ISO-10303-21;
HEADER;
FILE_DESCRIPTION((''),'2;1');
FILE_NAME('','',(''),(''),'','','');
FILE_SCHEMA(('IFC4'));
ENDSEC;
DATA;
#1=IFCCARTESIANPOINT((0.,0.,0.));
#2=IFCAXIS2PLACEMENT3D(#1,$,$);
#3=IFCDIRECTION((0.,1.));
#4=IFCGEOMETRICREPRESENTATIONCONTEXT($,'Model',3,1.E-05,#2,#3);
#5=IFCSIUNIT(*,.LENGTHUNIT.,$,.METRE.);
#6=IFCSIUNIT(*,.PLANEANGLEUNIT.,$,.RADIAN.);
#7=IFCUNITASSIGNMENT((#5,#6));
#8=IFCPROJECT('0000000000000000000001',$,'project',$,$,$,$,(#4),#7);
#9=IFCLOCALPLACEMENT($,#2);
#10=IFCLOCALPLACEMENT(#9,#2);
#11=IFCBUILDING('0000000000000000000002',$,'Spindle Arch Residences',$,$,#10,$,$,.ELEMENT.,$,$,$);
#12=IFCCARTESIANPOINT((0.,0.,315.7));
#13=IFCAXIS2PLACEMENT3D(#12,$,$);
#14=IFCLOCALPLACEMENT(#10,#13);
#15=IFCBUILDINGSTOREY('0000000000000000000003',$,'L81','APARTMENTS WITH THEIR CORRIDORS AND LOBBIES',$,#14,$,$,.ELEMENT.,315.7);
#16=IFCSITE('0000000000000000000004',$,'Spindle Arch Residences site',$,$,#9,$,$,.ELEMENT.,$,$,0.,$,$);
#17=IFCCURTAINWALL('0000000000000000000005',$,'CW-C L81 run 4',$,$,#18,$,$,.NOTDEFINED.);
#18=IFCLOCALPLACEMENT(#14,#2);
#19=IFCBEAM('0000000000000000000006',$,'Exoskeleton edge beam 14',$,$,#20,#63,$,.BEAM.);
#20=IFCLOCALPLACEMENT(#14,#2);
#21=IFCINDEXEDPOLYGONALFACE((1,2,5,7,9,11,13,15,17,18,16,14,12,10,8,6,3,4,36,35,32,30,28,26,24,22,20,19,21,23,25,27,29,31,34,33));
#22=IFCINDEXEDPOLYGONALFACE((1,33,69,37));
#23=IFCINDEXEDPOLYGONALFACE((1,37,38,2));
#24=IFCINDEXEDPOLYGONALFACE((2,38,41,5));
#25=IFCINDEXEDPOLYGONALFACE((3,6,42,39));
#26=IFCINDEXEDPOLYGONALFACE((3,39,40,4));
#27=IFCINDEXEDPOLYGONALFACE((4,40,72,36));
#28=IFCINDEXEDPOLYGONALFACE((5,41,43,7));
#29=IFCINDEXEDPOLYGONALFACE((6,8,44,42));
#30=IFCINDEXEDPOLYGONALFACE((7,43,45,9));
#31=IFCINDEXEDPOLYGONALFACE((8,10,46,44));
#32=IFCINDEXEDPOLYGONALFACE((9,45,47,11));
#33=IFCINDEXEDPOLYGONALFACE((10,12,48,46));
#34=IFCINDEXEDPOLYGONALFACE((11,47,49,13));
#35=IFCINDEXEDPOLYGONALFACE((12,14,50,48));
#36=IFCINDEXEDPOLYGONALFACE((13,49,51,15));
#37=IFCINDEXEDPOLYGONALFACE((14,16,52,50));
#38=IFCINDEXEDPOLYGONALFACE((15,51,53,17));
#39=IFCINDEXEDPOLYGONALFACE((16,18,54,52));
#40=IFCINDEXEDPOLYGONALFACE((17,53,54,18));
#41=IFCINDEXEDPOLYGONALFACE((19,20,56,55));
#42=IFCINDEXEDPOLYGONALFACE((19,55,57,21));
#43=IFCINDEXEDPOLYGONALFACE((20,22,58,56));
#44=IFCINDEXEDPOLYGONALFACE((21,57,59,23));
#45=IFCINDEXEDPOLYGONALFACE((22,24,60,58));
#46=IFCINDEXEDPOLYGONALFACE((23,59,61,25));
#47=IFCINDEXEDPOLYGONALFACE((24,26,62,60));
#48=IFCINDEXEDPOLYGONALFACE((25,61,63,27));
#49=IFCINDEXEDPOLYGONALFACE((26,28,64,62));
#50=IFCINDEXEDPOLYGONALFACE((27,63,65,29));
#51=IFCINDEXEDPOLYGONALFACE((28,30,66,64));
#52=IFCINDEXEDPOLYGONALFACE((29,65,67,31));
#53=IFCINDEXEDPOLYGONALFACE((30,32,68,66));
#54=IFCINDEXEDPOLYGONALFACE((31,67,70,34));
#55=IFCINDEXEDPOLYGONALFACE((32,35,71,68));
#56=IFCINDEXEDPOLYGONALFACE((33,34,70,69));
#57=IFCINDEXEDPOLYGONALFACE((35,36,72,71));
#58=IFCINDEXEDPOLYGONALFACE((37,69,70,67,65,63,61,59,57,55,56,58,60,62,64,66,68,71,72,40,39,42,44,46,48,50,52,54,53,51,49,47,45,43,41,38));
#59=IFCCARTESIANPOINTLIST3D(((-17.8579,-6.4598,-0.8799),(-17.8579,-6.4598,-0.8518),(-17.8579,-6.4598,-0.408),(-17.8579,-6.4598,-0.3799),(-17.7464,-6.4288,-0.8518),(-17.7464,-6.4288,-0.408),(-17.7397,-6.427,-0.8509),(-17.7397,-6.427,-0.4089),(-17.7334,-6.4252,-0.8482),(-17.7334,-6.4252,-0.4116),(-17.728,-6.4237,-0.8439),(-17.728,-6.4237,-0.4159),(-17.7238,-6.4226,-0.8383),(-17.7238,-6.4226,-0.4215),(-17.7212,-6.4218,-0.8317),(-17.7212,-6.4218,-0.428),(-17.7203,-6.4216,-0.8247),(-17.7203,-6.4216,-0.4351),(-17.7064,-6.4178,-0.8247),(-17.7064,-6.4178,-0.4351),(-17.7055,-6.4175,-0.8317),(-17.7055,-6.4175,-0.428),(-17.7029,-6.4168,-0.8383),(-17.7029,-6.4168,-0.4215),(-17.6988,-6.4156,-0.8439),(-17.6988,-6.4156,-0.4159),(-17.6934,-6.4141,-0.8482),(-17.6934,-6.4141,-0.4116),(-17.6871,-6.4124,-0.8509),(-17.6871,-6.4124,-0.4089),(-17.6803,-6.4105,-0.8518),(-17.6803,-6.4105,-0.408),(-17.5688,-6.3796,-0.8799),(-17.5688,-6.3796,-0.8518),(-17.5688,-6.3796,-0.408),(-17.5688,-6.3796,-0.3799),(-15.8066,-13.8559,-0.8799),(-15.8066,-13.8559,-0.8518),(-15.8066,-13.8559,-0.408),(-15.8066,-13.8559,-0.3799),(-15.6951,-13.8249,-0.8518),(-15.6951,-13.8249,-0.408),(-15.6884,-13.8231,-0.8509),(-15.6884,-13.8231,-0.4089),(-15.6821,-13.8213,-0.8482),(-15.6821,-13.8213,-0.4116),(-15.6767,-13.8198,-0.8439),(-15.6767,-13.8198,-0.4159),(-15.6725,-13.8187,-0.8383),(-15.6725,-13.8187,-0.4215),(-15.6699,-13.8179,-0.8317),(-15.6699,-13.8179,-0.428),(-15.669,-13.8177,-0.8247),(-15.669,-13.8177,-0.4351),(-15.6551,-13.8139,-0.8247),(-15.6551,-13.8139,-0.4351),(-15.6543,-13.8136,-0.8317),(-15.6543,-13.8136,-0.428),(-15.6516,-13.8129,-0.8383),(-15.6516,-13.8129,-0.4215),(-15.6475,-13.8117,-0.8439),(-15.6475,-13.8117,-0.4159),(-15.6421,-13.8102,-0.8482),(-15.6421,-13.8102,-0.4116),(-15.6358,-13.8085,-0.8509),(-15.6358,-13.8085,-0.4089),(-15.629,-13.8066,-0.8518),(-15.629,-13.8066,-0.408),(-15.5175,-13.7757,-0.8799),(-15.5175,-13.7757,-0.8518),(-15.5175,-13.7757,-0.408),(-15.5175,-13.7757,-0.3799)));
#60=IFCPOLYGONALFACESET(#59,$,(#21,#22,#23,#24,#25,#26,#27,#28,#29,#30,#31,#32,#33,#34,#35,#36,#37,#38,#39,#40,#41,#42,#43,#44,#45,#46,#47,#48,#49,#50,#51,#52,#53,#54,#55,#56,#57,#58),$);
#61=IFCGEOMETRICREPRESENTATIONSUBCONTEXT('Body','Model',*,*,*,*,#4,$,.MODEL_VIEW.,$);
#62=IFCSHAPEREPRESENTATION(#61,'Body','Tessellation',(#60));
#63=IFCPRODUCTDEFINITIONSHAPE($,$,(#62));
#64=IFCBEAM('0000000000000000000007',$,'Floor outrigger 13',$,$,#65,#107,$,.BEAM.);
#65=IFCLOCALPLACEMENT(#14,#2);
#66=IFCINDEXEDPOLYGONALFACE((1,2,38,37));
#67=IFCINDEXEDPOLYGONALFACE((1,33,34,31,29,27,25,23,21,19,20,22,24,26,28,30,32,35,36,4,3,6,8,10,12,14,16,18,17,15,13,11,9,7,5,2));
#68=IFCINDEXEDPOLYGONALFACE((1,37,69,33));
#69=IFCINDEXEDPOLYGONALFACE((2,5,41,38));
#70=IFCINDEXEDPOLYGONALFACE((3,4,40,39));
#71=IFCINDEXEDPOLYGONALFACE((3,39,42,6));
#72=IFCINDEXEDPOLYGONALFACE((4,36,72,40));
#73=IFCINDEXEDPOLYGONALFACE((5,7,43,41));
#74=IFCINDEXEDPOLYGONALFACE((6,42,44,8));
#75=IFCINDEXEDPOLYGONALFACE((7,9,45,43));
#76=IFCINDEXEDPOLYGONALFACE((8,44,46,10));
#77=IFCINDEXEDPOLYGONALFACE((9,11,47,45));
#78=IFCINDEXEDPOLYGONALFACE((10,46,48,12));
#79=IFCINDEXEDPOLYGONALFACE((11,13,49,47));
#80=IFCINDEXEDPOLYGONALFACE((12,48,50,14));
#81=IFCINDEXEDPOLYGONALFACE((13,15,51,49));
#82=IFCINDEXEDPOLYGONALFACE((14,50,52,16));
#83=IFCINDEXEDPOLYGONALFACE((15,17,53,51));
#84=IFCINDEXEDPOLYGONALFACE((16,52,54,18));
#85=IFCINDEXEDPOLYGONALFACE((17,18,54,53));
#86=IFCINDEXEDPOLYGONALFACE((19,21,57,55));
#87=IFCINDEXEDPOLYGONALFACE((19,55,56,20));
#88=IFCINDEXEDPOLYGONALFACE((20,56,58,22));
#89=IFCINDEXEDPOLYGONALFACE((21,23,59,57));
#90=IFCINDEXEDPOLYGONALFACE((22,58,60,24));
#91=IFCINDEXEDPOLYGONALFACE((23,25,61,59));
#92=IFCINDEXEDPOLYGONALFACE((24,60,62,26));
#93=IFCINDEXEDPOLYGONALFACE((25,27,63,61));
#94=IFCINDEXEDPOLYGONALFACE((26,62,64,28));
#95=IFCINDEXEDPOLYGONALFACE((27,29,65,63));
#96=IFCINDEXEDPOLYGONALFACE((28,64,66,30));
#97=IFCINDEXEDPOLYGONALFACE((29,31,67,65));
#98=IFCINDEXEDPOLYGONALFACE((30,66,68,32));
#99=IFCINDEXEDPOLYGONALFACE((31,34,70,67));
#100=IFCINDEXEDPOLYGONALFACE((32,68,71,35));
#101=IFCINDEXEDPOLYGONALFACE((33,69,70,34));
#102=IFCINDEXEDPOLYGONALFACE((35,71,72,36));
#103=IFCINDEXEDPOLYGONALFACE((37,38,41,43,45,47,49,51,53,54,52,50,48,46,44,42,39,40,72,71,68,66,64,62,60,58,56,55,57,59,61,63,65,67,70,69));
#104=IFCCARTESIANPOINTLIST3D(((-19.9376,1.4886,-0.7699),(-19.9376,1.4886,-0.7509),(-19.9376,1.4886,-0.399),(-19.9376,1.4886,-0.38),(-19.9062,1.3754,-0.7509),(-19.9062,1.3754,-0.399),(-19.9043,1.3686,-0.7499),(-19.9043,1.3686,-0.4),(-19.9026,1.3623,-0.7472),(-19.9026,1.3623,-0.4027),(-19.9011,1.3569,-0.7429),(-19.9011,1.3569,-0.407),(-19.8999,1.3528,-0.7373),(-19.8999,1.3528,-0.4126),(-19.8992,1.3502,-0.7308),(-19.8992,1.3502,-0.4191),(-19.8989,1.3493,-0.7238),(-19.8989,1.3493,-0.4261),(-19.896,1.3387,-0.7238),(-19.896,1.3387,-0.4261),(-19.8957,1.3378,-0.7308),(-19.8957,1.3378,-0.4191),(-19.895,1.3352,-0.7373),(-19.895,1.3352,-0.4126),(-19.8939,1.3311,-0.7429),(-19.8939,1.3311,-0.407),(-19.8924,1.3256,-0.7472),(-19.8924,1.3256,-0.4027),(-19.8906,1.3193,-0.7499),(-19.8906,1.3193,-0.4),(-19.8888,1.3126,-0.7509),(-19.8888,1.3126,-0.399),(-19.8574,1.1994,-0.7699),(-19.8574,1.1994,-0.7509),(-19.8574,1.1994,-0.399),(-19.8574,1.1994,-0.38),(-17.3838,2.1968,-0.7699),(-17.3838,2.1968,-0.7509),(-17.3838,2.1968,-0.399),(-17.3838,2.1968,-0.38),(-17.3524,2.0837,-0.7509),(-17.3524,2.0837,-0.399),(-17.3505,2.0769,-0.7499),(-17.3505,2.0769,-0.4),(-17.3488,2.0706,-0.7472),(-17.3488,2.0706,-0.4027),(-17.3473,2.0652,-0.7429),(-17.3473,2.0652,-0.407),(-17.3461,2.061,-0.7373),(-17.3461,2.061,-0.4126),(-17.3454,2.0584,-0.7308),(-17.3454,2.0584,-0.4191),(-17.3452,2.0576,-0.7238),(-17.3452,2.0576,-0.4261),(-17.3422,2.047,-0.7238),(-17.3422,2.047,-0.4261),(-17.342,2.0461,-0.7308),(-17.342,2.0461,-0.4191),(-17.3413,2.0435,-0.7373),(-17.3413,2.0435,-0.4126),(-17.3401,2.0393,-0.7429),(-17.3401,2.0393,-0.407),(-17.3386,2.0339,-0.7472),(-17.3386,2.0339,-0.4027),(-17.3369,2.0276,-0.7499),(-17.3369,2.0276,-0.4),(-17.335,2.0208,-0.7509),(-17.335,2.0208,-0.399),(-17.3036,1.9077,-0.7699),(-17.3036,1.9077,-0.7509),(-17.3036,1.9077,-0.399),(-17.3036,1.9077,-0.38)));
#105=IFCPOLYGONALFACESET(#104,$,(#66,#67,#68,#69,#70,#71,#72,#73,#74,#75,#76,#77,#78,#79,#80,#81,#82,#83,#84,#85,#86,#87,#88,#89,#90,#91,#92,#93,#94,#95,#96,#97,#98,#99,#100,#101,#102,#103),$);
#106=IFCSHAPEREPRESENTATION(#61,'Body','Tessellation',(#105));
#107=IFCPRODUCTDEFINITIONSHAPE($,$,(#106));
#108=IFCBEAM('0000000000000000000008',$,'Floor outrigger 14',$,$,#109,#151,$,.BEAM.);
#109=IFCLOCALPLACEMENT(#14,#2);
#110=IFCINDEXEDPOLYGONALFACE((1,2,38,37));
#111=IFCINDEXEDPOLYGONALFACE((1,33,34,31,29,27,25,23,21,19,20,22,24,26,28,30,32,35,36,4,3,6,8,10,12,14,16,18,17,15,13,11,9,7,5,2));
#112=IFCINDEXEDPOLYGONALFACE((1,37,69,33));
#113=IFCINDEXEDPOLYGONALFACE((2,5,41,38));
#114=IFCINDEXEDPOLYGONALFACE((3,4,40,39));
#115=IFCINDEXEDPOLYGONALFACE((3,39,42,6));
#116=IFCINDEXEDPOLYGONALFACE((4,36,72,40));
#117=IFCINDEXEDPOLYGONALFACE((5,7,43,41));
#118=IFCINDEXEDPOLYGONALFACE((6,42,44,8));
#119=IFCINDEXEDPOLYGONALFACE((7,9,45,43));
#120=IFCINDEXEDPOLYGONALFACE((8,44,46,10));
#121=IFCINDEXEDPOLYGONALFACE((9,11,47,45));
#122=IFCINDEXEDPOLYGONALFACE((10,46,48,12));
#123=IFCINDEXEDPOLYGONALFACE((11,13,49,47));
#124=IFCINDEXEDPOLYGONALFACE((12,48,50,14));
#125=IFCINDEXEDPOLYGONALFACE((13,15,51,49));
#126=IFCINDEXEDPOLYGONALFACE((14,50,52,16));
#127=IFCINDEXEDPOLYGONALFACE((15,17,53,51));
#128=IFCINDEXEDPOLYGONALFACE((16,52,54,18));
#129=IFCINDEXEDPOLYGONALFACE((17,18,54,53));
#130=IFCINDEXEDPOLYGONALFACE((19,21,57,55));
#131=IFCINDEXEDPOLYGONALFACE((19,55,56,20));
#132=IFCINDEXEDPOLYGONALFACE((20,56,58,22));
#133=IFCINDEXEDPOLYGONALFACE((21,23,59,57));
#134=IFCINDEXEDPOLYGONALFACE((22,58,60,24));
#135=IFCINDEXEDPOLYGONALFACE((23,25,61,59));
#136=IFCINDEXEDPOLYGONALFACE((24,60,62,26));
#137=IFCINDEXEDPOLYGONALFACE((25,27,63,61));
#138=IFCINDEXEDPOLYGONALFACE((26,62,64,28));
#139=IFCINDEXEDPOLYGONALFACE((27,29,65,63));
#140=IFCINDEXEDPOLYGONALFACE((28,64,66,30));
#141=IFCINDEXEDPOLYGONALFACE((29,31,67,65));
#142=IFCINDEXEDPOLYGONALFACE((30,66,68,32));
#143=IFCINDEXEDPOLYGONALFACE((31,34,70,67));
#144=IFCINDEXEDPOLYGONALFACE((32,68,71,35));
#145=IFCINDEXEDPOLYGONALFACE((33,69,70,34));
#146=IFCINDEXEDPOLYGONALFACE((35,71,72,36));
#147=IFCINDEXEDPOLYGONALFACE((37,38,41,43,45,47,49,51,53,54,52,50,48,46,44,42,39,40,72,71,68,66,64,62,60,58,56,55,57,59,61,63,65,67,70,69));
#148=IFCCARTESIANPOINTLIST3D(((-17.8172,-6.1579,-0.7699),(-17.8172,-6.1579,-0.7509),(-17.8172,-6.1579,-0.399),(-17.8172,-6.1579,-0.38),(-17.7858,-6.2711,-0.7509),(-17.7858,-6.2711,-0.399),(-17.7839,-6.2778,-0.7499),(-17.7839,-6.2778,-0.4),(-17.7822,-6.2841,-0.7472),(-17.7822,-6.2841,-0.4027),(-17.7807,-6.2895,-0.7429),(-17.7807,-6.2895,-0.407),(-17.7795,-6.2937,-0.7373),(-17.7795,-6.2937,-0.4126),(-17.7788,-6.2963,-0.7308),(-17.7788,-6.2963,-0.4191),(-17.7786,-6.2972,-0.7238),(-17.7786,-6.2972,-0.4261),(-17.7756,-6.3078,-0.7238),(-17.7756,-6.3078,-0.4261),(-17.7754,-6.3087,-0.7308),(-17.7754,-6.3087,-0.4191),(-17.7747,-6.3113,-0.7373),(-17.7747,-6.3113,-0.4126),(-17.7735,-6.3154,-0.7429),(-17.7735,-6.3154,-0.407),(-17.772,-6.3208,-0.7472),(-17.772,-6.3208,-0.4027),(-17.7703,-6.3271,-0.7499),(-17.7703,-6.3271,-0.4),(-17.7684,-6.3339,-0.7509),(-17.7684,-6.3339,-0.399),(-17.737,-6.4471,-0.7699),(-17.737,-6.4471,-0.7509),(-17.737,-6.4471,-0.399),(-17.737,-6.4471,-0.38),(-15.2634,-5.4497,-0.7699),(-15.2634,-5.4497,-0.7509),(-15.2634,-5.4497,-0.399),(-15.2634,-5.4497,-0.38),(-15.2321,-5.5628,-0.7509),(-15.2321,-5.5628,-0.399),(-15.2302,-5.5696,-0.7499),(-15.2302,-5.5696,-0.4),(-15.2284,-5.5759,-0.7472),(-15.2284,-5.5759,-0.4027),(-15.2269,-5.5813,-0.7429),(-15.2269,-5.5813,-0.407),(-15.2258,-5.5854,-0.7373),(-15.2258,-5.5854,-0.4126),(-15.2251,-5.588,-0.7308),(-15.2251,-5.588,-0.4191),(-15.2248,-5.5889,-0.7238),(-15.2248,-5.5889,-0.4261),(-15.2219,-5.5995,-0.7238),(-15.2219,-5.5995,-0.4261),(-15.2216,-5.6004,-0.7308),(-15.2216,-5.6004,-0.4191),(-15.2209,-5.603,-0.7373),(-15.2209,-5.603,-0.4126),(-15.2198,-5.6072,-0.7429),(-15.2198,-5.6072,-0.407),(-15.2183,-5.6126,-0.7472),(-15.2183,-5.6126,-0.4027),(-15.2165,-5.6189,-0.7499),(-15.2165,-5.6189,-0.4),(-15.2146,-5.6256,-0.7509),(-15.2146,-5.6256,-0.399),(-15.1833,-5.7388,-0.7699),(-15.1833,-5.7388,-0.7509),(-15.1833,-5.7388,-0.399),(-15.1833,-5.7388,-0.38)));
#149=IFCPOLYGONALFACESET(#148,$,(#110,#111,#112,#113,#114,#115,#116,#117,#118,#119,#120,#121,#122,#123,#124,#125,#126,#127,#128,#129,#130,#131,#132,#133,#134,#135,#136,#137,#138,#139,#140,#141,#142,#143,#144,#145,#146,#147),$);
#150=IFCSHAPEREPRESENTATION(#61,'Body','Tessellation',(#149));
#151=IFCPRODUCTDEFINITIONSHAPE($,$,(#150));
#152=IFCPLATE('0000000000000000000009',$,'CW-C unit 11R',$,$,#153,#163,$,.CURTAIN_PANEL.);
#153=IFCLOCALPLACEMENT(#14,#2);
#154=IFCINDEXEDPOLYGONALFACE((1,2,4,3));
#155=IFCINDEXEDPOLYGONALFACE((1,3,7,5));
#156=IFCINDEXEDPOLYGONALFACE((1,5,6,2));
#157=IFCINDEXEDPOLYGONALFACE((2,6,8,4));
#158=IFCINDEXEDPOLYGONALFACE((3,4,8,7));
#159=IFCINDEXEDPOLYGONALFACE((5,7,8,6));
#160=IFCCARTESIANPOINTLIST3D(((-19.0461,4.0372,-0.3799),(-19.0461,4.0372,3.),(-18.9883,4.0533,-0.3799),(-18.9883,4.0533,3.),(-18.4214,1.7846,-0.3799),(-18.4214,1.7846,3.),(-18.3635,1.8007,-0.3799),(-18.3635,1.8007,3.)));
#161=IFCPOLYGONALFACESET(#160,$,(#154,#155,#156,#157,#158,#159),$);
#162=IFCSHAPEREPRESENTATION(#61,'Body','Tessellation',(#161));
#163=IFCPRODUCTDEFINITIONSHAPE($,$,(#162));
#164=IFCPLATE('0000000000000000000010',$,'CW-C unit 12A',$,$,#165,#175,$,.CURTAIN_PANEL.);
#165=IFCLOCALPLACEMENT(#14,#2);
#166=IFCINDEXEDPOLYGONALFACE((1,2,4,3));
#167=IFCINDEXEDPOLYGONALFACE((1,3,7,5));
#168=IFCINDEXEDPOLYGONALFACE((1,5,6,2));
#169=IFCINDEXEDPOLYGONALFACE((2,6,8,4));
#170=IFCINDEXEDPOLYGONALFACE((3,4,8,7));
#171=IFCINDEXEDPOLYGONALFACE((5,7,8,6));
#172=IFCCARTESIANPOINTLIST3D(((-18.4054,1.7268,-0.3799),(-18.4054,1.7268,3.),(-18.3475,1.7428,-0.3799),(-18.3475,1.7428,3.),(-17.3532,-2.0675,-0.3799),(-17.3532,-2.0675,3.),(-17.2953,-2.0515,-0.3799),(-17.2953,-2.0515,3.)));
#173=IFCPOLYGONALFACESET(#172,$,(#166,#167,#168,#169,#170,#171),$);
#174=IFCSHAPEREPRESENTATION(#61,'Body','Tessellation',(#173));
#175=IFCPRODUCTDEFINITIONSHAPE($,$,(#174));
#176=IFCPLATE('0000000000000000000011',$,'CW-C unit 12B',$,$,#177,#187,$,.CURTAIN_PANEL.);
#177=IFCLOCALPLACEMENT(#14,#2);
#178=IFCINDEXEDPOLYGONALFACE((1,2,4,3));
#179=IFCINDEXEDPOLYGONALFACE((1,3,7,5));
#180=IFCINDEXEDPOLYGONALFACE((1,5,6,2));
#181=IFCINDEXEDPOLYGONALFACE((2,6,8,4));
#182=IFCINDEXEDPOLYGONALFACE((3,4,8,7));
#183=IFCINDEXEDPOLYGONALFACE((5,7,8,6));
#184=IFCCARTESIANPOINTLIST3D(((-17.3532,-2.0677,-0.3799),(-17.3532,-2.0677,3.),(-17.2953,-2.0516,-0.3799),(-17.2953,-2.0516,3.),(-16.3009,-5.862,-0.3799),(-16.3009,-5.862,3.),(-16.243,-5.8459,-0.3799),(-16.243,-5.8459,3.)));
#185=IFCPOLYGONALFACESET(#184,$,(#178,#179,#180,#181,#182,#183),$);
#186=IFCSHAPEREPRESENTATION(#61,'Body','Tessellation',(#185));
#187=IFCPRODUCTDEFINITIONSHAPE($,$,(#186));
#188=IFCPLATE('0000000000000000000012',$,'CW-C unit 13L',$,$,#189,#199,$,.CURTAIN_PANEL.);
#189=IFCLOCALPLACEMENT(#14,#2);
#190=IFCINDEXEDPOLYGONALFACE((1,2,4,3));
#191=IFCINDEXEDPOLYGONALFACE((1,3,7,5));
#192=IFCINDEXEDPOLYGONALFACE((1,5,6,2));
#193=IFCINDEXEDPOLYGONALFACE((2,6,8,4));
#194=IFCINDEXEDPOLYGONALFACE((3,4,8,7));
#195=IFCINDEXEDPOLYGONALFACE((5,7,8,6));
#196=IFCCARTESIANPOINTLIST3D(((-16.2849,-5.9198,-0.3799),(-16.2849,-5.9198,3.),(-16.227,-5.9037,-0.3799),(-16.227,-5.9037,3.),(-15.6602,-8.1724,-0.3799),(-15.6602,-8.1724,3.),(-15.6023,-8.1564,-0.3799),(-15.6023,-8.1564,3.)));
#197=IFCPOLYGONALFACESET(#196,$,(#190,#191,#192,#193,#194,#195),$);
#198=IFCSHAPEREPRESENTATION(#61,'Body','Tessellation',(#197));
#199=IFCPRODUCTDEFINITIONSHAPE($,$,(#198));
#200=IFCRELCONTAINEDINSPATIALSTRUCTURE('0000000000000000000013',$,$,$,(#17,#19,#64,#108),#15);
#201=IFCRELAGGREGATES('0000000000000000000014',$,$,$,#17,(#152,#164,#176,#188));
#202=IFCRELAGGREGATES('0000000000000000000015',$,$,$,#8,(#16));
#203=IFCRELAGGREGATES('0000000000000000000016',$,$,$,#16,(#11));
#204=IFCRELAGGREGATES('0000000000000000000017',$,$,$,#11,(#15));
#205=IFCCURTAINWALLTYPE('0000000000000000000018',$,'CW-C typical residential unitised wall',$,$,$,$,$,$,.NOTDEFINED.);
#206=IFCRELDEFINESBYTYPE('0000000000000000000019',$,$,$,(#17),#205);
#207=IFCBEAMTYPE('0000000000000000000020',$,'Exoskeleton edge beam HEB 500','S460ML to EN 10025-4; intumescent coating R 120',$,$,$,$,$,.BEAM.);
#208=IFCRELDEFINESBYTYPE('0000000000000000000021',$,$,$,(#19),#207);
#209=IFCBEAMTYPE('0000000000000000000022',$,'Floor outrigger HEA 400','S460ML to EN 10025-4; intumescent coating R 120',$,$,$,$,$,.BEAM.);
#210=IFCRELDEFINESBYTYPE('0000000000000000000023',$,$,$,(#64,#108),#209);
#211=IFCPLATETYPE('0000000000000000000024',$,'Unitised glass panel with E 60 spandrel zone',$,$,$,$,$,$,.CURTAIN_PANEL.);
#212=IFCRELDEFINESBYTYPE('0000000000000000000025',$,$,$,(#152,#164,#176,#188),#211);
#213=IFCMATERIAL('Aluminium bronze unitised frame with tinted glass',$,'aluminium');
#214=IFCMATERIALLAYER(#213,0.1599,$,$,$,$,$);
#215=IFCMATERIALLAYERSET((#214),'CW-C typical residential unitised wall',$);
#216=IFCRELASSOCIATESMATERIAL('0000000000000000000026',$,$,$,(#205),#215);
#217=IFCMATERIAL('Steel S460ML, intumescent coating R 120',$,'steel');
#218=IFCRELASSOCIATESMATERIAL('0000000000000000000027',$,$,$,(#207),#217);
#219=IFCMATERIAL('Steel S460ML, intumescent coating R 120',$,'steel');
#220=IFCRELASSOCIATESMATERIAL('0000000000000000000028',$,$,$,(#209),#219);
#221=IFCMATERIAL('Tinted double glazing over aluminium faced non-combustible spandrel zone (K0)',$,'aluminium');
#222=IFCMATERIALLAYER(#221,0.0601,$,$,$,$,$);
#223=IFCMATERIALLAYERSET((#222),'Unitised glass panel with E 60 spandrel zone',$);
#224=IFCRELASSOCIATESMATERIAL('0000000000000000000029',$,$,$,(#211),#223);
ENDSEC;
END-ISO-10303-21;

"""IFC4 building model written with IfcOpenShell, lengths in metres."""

from ifc_helpers import new_model, si_unit, direction, frame, origin, origin_2d, place, context, subcontext, project, spatial, rectangle, i_section, extrude, material, layer, layer_set, material_profile, profile_set, type_object, element, aggregate, save


model = new_model("IFC4")

# Units and contexts
model_context = context("Model", 3, precision=1e-05, world=origin(), true_north=direction((0.0, 1.0)))
body_context = subcontext(model_context, "Body", "Model", "MODEL_VIEW")
ifc_project = project(units=[si_unit("LENGTHUNIT", "METRE"), si_unit("PLANEANGLEUNIT", "RADIAN")], contexts=[model_context])

# Site, building, storey
site_placement = place(None, origin())
site = spatial("IfcSite", under=ifc_project, at=site_placement, Name="Spindle Arch Residences site", CompositionType="ELEMENT", RefElevation=0.0)
building_placement = place(site_placement, origin())
building = spatial("IfcBuilding", under=site, at=building_placement, Name="Spindle Arch Residences", CompositionType="ELEMENT")
storey_placement = place(building_placement, frame((0.0, 0.0, 315.7)))
storey = spatial("IfcBuildingStorey", under=building, at=storey_placement, Name="L81", Description="APARTMENTS WITH THEIR CORRIDORS AND LOBBIES", CompositionType="ELEMENT", Elevation=315.7)

# Curtain wall
ifc_material_1 = material(Name="Aluminium bronze unitised frame with tinted glass", Category="aluminium")
ifc_layer_1 = layer(ifc_material_1, 0.1599)
ifc_layer_set_1 = layer_set([ifc_layer_1], Name="CW-C typical residential unitised wall")
curtain_wall_type = type_object("IfcCurtainWallType", Name="CW-C typical residential unitised wall", PredefinedType="NOTDEFINED", material=ifc_layer_set_1)
curtain_wall_placement = place(storey_placement, origin())
curtain_wall = element("IfcCurtainWall", 1, at=curtain_wall_placement, inside=storey, type_object=curtain_wall_type, Name="CW-C L81 run 4", PredefinedType="NOTDEFINED")

# Beams
ifc_material_2 = material(Name="Steel S460ML, intumescent coating R 120", Category="steel")
ifc_material_profile_1 = material_profile(ifc_material_2, i_section(OverallWidth=0.3, OverallDepth=0.5, WebThickness=0.0144, FlangeThickness=0.0281, FilletRadius=0.0271, at=origin_2d()), Name="HEB 500")
ifc_profile_set_1 = profile_set([ifc_material_profile_1], Name="Steel S460ML, intumescent coating R 120")
beam_type_1 = type_object("IfcBeamType", Name="Exoskeleton edge beam HEB 500", Description="S460ML to EN 10025-4; intumescent coating R 120", PredefinedType="BEAM", material=ifc_profile_set_1)
beam_1_placement = place(storey_placement, frame((-17.7134, -6.4197, -0.6299), z_axis=(0.26726, -0.963624, 0.0), x_axis=(0.963624, 0.26726, 0.0)))
element("IfcBeam", 2, at=beam_1_placement, inside=storey, type_object=beam_type_1, Name="Exoskeleton edge beam 14", PredefinedType="BEAM", context=body_context, shape_type="SweptSolid", body=[
    extrude(i_section(OverallWidth=0.3, OverallDepth=0.5, WebThickness=0.0144, FlangeThickness=0.0281, FilletRadius=0.0271, at=origin_2d()), origin(), (0.0, 0.0, 1.0), 7.6753),
])
ifc_material_3 = material(Name="Steel S460ML, intumescent coating R 120", Category="steel")
ifc_material_profile_2 = material_profile(ifc_material_3, i_section(OverallWidth=0.3, OverallDepth=0.3899, WebThickness=0.011, FlangeThickness=0.019, FilletRadius=0.0271, at=origin_2d()), Name="HEA 400")
ifc_profile_set_2 = profile_set([ifc_material_profile_2], Name="Steel S460ML, intumescent coating R 120")
beam_type_2 = type_object("IfcBeamType", Name="Floor outrigger HEA 400", Description="S460ML to EN 10025-4; intumescent coating R 120", PredefinedType="BEAM", material=ifc_profile_set_2)
for number, where, z_axis, x_axis, name in (
    (3, (-19.8975, 1.344, -0.575), (0.963626, 0.267254, 0.0), (-0.267254, 0.963626, 0.0), "Floor outrigger 13"),
    (4, (-17.7771, -6.3025, -0.575), (0.963626, 0.267254, 0.0), (-0.267254, 0.963626, 0.0), "Floor outrigger 14"),
):
    element("IfcBeam", number, at=place(storey_placement, frame(where, z_axis=z_axis, x_axis=x_axis)), inside=storey, type_object=beam_type_2, Name=name, PredefinedType="BEAM", context=body_context, shape_type="SweptSolid", body=[
        extrude(i_section(OverallWidth=0.3, OverallDepth=0.3899, WebThickness=0.011, FlangeThickness=0.019, FilletRadius=0.0271, at=origin_2d()), origin(), (0.0, 0.0, 1.0), 2.6501),
    ])

# Plates
ifc_material_4 = material(Name="Tinted double glazing over aluminium faced non-combustible spandrel zone (K0)", Category="aluminium")
ifc_layer_2 = layer(ifc_material_4, 0.0601)
ifc_layer_set_2 = layer_set([ifc_layer_2], Name="Unitised glass panel with E 60 spandrel zone")
plate_type = type_object("IfcPlateType", Name="Unitised glass panel with E 60 spandrel zone", PredefinedType="CURTAIN_PANEL", material=ifc_layer_set_2)
plate_1_placement = place(storey_placement, frame((-18.7048, 2.9189, -0.3799), z_axis=(0.0, 0.0, 1.0), x_axis=(0.267238, -0.96363, 0.0)))
plate_1 = element("IfcPlate", 5, at=plate_1_placement, type_object=plate_type, Name="CW-C unit 11R", PredefinedType="CURTAIN_PANEL", context=body_context, shape_type="SweptSolid", body=[
    extrude(rectangle(XDim=2.3376, YDim=0.0601, at=origin_2d()), origin(), (0.0, 0.0, 1.0), 3.3799),
])
plate_2_placement = place(storey_placement, frame((-17.8503, -0.1624, -0.3799), z_axis=(0.0, 0.0, 1.0), x_axis=(0.267238, -0.96363, 0.0)))
plate_2 = element("IfcPlate", 6, at=plate_2_placement, type_object=plate_type, Name="CW-C unit 12A", PredefinedType="CURTAIN_PANEL", context=body_context, shape_type="SweptSolid", body=[
    extrude(rectangle(XDim=3.9375, YDim=0.0601, at=origin_2d()), origin(), (0.0, 0.0, 1.0), 3.3799),
])
plate_3_placement = place(storey_placement, frame((-16.7981, -3.9568, -0.3799), z_axis=(0.0, 0.0, 1.0), x_axis=(0.267238, -0.96363, 0.0)))
plate_3 = element("IfcPlate", 7, at=plate_3_placement, type_object=plate_type, Name="CW-C unit 12B", PredefinedType="CURTAIN_PANEL", context=body_context, shape_type="SweptSolid", body=[
    extrude(rectangle(XDim=3.9375, YDim=0.0601, at=origin_2d()), origin(), (0.0, 0.0, 1.0), 3.3799),
])
plate_4_placement = place(storey_placement, frame((-15.9436, -7.0381, -0.3799), z_axis=(0.0, 0.0, 1.0), x_axis=(0.267238, -0.96363, 0.0)))
plate_4 = element("IfcPlate", 8, at=plate_4_placement, type_object=plate_type, Name="CW-C unit 13L", PredefinedType="CURTAIN_PANEL", context=body_context, shape_type="SweptSolid", body=[
    extrude(rectangle(XDim=2.3376, YDim=0.0601, at=origin_2d()), origin(), (0.0, 0.0, 1.0), 3.3799),
])
aggregate(curtain_wall, [plate_1, plate_2, plate_3, plate_4])

save(model, "model.ifc")
